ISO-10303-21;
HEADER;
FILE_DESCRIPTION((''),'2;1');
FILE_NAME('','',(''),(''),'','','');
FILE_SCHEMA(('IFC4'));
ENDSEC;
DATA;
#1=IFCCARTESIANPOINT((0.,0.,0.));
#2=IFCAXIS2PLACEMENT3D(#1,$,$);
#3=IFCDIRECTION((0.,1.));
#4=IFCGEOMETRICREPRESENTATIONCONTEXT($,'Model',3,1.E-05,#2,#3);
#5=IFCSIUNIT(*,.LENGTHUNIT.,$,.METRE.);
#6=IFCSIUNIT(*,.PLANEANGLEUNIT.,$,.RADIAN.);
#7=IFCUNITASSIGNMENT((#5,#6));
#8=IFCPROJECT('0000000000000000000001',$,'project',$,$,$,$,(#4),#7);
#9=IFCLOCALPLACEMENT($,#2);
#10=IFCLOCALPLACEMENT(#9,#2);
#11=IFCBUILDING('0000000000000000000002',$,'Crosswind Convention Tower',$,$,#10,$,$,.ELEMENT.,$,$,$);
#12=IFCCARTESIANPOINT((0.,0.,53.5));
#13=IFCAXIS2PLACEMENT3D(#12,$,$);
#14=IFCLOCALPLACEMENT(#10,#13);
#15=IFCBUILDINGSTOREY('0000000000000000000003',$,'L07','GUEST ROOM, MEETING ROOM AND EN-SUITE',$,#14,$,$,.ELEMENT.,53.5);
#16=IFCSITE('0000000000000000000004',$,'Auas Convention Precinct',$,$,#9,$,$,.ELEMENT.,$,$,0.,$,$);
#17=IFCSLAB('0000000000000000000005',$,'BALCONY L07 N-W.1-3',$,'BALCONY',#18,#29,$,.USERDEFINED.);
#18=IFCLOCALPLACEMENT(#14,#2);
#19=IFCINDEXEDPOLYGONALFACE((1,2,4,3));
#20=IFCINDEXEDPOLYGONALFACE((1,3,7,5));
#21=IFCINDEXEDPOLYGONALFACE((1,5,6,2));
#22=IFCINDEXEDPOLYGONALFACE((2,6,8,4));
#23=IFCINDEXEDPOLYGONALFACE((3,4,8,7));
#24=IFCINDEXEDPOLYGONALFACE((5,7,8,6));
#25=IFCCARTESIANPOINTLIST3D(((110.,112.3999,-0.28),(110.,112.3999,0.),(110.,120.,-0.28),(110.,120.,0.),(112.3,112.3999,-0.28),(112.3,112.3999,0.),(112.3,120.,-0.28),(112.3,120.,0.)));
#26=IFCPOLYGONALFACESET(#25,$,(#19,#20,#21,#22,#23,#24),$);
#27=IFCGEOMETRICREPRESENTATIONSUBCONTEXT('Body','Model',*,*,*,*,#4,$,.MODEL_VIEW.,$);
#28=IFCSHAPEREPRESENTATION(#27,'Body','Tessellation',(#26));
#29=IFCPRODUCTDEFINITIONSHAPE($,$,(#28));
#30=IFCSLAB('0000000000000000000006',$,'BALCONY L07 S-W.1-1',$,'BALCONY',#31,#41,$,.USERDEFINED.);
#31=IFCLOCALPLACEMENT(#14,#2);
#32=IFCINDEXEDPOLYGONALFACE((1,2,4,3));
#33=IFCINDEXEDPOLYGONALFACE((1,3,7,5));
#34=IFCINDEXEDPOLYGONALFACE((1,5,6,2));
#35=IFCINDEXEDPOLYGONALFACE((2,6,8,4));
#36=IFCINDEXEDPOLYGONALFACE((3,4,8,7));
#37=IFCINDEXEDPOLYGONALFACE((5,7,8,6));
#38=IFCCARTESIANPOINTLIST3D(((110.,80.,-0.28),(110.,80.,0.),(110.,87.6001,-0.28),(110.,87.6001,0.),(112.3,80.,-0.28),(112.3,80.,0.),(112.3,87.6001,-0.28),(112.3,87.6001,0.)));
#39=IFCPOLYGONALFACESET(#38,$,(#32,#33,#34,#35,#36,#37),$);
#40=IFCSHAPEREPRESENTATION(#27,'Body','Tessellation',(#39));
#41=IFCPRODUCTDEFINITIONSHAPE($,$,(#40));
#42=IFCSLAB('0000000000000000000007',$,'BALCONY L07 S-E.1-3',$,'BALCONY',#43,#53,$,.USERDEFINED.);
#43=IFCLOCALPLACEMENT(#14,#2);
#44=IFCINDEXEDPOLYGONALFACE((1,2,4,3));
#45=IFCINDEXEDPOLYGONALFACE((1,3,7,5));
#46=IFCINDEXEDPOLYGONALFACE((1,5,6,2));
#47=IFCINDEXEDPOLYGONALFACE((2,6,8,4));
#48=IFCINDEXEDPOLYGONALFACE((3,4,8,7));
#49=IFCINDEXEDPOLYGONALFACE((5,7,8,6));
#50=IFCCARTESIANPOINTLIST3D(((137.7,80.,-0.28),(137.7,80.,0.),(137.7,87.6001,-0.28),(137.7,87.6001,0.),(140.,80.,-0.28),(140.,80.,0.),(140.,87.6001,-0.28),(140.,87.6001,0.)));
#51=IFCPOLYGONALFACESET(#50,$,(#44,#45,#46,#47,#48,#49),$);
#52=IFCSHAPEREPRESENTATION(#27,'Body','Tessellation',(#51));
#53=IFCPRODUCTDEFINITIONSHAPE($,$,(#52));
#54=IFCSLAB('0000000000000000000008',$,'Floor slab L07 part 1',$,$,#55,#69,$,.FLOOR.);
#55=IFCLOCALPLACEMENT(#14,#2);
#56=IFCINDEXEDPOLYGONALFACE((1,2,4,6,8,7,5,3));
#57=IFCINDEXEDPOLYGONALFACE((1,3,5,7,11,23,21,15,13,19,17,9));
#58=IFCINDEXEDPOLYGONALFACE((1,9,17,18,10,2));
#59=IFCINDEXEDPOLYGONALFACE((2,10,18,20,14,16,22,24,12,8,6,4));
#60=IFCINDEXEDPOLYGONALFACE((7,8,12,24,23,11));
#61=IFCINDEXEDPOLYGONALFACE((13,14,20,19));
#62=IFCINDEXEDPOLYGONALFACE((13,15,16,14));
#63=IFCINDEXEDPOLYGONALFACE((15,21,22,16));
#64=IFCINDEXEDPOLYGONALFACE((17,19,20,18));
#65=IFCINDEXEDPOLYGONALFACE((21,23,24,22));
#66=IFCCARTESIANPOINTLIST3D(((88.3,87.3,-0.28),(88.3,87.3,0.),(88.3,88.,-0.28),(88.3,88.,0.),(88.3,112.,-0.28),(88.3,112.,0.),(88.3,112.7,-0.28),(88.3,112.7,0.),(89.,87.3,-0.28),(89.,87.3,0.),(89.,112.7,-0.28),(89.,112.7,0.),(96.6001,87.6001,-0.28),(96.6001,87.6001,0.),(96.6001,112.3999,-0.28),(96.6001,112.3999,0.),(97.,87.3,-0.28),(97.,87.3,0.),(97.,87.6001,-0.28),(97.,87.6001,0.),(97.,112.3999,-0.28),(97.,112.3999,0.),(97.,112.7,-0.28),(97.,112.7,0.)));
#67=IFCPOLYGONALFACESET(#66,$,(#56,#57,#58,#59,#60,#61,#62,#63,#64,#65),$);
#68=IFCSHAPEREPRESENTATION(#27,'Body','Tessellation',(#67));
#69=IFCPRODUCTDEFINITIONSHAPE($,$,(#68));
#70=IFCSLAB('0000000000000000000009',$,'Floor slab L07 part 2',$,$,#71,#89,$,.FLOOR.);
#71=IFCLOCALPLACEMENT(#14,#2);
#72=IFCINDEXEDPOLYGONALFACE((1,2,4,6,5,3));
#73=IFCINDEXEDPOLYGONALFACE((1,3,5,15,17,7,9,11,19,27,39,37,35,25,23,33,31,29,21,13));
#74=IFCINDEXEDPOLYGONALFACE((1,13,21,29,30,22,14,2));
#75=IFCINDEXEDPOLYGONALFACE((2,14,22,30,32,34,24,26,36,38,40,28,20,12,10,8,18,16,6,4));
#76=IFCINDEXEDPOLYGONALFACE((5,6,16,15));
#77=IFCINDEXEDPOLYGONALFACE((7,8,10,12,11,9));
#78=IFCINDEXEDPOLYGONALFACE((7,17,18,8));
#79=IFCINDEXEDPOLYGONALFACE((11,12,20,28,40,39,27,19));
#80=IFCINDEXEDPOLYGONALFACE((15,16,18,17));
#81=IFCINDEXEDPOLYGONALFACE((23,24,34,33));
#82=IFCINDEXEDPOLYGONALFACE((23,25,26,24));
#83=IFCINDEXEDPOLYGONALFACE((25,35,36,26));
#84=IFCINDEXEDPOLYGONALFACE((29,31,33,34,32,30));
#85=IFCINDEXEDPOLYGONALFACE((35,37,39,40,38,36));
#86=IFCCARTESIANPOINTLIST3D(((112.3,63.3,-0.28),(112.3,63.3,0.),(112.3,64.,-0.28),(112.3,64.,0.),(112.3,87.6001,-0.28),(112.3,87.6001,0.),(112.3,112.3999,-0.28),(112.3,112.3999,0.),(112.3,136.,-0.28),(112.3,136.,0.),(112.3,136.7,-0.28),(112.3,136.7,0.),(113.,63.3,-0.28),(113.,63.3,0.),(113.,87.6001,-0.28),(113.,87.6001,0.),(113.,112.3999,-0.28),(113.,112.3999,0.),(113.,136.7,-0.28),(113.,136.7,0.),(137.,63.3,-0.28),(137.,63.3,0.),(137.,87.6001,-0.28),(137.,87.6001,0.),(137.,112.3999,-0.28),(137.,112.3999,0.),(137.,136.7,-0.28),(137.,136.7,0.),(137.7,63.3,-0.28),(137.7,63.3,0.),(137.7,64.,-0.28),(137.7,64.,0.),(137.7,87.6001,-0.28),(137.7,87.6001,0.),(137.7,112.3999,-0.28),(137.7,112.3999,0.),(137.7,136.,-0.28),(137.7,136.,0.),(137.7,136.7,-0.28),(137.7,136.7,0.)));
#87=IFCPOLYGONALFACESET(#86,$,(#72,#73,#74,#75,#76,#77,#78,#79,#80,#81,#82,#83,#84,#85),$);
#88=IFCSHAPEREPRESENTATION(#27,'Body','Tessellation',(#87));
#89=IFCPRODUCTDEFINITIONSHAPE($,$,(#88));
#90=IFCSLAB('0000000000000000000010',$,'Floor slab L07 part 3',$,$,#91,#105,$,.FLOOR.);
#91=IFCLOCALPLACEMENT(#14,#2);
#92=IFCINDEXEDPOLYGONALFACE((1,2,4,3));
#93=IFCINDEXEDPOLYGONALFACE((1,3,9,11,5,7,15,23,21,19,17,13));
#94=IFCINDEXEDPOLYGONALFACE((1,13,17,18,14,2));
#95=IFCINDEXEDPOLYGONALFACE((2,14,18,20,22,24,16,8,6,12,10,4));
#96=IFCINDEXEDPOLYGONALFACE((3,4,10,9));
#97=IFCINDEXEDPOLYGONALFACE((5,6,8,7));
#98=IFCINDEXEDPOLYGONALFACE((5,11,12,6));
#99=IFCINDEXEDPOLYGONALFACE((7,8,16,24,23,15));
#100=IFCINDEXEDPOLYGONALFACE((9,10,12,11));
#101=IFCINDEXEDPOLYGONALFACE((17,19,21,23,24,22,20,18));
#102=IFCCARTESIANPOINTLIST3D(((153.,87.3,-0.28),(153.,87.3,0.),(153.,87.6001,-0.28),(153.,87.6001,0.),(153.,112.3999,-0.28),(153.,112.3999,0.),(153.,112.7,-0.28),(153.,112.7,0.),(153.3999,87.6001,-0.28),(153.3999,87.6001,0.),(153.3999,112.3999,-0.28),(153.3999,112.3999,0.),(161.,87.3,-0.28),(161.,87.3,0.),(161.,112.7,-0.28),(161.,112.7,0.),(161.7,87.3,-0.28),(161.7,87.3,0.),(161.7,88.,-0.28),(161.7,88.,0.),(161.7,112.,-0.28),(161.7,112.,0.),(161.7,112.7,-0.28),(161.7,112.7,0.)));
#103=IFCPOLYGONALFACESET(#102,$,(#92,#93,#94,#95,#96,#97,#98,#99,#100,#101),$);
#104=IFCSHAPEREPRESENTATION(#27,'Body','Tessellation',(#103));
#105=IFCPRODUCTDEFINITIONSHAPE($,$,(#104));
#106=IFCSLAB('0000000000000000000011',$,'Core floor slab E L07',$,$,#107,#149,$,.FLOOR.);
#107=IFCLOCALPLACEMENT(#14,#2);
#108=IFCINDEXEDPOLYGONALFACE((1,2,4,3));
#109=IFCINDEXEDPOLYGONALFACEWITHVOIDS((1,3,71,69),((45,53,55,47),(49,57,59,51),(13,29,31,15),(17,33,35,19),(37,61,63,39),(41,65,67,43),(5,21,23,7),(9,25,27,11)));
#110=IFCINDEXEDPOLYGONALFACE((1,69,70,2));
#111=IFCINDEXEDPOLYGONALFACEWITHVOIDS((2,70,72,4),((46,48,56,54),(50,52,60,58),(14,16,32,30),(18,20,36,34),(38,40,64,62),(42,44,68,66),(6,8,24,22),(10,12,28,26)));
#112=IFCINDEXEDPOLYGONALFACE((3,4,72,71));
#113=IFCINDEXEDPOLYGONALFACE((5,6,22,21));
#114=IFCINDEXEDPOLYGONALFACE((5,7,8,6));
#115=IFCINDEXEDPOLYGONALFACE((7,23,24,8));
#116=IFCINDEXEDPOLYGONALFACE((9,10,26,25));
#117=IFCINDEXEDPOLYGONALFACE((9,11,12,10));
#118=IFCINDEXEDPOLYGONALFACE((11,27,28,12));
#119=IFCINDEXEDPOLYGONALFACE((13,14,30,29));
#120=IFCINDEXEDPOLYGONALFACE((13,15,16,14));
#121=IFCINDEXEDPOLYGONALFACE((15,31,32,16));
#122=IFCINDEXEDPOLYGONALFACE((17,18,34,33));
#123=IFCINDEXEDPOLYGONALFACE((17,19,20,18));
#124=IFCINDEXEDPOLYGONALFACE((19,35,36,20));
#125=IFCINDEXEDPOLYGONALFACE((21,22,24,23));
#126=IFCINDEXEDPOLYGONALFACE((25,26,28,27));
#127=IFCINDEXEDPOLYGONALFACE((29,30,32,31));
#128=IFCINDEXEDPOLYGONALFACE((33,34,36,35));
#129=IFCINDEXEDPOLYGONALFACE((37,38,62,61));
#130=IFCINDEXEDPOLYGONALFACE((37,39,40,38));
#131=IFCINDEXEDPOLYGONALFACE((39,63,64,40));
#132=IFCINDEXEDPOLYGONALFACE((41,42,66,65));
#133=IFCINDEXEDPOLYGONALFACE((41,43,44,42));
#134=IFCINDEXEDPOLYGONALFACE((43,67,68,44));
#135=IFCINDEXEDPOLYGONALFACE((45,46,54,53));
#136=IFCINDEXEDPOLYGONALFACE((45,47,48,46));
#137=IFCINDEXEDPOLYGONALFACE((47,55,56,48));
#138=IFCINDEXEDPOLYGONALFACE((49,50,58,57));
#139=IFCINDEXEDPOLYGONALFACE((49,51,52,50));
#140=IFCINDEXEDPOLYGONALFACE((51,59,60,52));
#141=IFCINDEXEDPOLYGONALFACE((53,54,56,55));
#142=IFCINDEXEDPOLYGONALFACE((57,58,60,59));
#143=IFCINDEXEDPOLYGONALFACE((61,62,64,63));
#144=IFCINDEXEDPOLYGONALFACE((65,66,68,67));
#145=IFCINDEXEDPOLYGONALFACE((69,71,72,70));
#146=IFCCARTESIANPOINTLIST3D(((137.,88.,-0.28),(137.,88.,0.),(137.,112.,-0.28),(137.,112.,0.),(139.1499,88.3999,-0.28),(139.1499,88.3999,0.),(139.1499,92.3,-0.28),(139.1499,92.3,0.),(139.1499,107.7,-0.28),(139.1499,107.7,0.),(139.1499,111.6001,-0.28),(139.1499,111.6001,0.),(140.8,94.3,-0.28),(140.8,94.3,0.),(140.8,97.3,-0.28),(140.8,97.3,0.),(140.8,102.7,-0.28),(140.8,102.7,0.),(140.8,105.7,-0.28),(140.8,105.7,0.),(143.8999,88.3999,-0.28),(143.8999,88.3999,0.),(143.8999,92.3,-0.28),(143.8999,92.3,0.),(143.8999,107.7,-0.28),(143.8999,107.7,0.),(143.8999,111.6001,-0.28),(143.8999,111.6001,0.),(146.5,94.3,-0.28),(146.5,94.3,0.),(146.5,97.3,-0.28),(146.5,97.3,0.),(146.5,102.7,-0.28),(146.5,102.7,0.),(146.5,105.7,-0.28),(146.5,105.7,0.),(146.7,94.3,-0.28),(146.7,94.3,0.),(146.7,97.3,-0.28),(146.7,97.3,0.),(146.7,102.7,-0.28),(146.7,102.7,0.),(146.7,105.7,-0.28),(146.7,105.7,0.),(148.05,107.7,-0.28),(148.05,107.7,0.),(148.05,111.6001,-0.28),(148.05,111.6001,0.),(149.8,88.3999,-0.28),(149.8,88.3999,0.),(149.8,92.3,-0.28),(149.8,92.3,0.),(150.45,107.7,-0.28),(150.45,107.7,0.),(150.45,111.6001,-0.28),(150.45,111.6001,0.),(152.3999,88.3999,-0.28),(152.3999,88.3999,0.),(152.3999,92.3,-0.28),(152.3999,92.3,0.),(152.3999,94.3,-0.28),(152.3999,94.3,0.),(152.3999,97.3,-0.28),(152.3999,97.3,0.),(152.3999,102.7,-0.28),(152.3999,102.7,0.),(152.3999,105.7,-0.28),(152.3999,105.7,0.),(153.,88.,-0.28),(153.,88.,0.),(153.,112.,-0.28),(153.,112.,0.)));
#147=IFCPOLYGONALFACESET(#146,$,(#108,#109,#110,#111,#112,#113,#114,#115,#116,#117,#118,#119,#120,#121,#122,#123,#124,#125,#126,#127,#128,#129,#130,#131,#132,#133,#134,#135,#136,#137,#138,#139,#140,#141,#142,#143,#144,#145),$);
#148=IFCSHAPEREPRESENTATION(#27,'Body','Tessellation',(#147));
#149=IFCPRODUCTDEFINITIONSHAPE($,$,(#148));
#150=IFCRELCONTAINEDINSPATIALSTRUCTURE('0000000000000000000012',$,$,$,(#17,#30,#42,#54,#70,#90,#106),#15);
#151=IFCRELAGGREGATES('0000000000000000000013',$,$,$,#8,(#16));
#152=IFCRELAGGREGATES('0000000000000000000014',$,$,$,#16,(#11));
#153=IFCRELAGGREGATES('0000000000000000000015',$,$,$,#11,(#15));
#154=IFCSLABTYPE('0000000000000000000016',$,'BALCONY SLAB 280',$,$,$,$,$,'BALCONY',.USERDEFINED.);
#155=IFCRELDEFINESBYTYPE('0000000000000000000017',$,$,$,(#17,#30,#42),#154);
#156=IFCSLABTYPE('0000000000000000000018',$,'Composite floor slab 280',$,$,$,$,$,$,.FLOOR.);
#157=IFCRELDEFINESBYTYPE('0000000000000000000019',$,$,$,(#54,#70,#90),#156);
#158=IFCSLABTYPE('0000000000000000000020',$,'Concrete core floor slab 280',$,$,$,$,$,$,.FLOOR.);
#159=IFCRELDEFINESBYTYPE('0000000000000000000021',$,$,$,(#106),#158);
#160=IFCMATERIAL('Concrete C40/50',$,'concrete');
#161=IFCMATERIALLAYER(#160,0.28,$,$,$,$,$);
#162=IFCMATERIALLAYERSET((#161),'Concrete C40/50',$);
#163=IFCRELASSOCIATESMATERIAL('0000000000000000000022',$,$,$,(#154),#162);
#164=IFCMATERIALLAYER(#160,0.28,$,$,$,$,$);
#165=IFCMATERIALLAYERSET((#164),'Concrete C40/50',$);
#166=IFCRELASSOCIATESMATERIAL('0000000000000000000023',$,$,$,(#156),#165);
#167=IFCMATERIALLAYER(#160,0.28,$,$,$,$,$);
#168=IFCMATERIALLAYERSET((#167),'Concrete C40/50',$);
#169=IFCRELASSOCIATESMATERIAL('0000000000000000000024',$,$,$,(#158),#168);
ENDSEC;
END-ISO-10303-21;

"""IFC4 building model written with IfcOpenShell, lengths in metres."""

from ifc_helpers import new_model, si_unit, direction, frame, origin, place, context, subcontext, project, spatial, polyline, outline, extrude, material, layer, layer_set, type_object, element, save


model = new_model("IFC4")

# Units and contexts
model_context = context("Model", 3, precision=1e-05, world=origin(), true_north=direction((0.0, 1.0)))
body_context = subcontext(model_context, "Body", "Model", "MODEL_VIEW")
ifc_project = project(units=[si_unit("LENGTHUNIT", "METRE"), si_unit("PLANEANGLEUNIT", "RADIAN")], contexts=[model_context])

# Site, building, storey
site_placement = place(None, origin())
site = spatial("IfcSite", under=ifc_project, at=site_placement, Name="Auas Convention Precinct", CompositionType="ELEMENT", RefElevation=0.0)
building_placement = place(site_placement, origin())
building = spatial("IfcBuilding", under=site, at=building_placement, Name="Crosswind Convention Tower", CompositionType="ELEMENT")
storey_placement = place(building_placement, frame((0.0, 0.0, 53.5)))
storey = spatial("IfcBuildingStorey", under=building, at=storey_placement, Name="L07", Description="GUEST ROOM, MEETING ROOM AND EN-SUITE", CompositionType="ELEMENT", Elevation=53.5)

# Slabs
ifc_material_1 = material(Name="Concrete C40/50", Category="concrete")
ifc_layer_1 = layer(ifc_material_1, 0.28)
ifc_layer_set_1 = layer_set([ifc_layer_1], Name="Concrete C40/50")
slab_type_1 = type_object("IfcSlabType", Name="BALCONY SLAB 280", ElementType="BALCONY", PredefinedType="USERDEFINED", material=ifc_layer_set_1)
slab_1_placement = place(storey_placement, frame((0.0, 0.0, -0.28)))
element("IfcSlab", 1, at=slab_1_placement, inside=storey, type_object=slab_type_1, Name="BALCONY L07 N-W.1-3", ObjectType="BALCONY", PredefinedType="USERDEFINED", context=body_context, shape_type="SweptSolid", body=[
    extrude(outline(polyline([(112.3, 120.0), (112.3, 112.3999), (110.0, 112.3999), (110.0, 120.0), (112.3, 120.0)])), origin(), (0.0, 0.0, 1.0), 0.28),
])
slab_2_placement = place(storey_placement, frame((0.0, 0.0, -0.28)))
element("IfcSlab", 2, at=slab_2_placement, inside=storey, type_object=slab_type_1, Name="BALCONY L07 S-W.1-1", ObjectType="BALCONY", PredefinedType="USERDEFINED", context=body_context, shape_type="SweptSolid", body=[
    extrude(outline(polyline([(112.3, 87.6001), (112.3, 80.0), (110.0, 80.0), (110.0, 87.6001), (112.3, 87.6001)])), origin(), (0.0, 0.0, 1.0), 0.28),
])
slab_3_placement = place(storey_placement, frame((0.0, 0.0, -0.28)))
element("IfcSlab", 3, at=slab_3_placement, inside=storey, type_object=slab_type_1, Name="BALCONY L07 S-E.1-3", ObjectType="BALCONY", PredefinedType="USERDEFINED", context=body_context, shape_type="SweptSolid", body=[
    extrude(outline(polyline([(137.7, 80.0), (137.7, 87.6001), (140.0, 87.6001), (140.0, 80.0), (137.7, 80.0)])), origin(), (0.0, 0.0, 1.0), 0.28),
])
ifc_layer_2 = layer(ifc_material_1, 0.28)
ifc_layer_set_2 = layer_set([ifc_layer_2], Name="Concrete C40/50")
slab_type_2 = type_object("IfcSlabType", Name="Composite floor slab 280", PredefinedType="FLOOR", material=ifc_layer_set_2)
slab_4_placement = place(storey_placement, frame((0.0, 0.0, -0.28)))
element("IfcSlab", 4, at=slab_4_placement, inside=storey, type_object=slab_type_2, Name="Floor slab L07 part 1", PredefinedType="FLOOR", context=body_context, shape_type="SweptSolid", body=[
    extrude(outline(polyline([(97.0, 87.3), (89.0, 87.3), (88.3, 87.3), (88.3, 88.0), (88.3, 112.0), (88.3, 112.7), (89.0, 112.7), (97.0, 112.7), (97.0, 112.3999), (96.6001, 112.3999), (96.6001, 87.6001), (97.0, 87.6001), (97.0, 87.3)])), origin(), (0.0, 0.0, 1.0), 0.28),
])
slab_5_placement = place(storey_placement, frame((0.0, 0.0, -0.28)))
element("IfcSlab", 5, at=slab_5_placement, inside=storey, type_object=slab_type_2, Name="Floor slab L07 part 2", PredefinedType="FLOOR", context=body_context, shape_type="SweptSolid", body=[
    extrude(outline(polyline([(112.3, 87.6001), (113.0, 87.6001), (113.0, 112.3999), (112.3, 112.3999), (112.3, 136.0), (112.3, 136.7), (113.0, 136.7), (137.0, 136.7), (137.7, 136.7), (137.7, 136.0), (137.7, 112.3999), (137.0, 112.3999), (137.0, 87.6001), (137.7, 87.6001), (137.7, 64.0), (137.7, 63.3), (137.0, 63.3), (113.0, 63.3), (112.3, 63.3), (112.3, 64.0), (112.3, 87.6001)])), origin(), (0.0, 0.0, 1.0), 0.28),
])
slab_6_placement = place(storey_placement, frame((0.0, 0.0, -0.28)))
element("IfcSlab", 6, at=slab_6_placement, inside=storey, type_object=slab_type_2, Name="Floor slab L07 part 3", PredefinedType="FLOOR", context=body_context, shape_type="SweptSolid", body=[
    extrude(outline(polyline([(153.0, 112.7), (161.0, 112.7), (161.7, 112.7), (161.7, 112.0), (161.7, 88.0), (161.7, 87.3), (161.0, 87.3), (153.0, 87.3), (153.0, 87.6001), (153.3999, 87.6001), (153.3999, 112.3999), (153.0, 112.3999), (153.0, 112.7)])), origin(), (0.0, 0.0, 1.0), 0.28),
])
ifc_layer_3 = layer(ifc_material_1, 0.28)
ifc_layer_set_3 = layer_set([ifc_layer_3], Name="Concrete C40/50")
slab_type_3 = type_object("IfcSlabType", Name="Concrete core floor slab 280", PredefinedType="FLOOR", material=ifc_layer_set_3)
slab_7_placement = place(storey_placement, frame((0.0, 0.0, -0.28)))
element("IfcSlab", 7, at=slab_7_placement, inside=storey, type_object=slab_type_3, Name="Core floor slab E L07", PredefinedType="FLOOR", context=body_context, shape_type="SweptSolid", body=[
    extrude(outline(polyline([(137.0, 88.0), (153.0, 88.0), (153.0, 112.0), (137.0, 112.0), (137.0, 88.0)]), holes=[polyline([(146.5, 102.7), (146.5, 105.7), (140.8, 105.7), (140.8, 102.7), (146.5, 102.7)]), polyline([(152.3999, 102.7), (152.3999, 105.7), (146.7, 105.7), (146.7, 102.7), (152.3999, 102.7)]), polyline([(146.5, 94.3), (146.5, 97.3), (140.8, 97.3), (140.8, 94.3), (146.5, 94.3)]), polyline([(152.3999, 94.3), (152.3999, 97.3), (146.7, 97.3), (146.7, 94.3), (152.3999, 94.3)]), polyline([(150.45, 107.7), (150.45, 111.6001), (148.05, 111.6001), (148.05, 107.7), (150.45, 107.7)]), polyline([(152.3999, 88.3999), (152.3999, 92.3), (149.8, 92.3), (149.8, 88.3999), (152.3999, 88.3999)]), polyline([(143.8999, 107.7), (143.8999, 111.6001), (139.1499, 111.6001), (139.1499, 107.7), (143.8999, 107.7)]), polyline([(143.8999, 88.3999), (143.8999, 92.3), (139.1499, 92.3), (139.1499, 88.3999), (143.8999, 88.3999)])]), origin(), (0.0, 0.0, 1.0), 0.28),
])

save(model, "model.ifc")
